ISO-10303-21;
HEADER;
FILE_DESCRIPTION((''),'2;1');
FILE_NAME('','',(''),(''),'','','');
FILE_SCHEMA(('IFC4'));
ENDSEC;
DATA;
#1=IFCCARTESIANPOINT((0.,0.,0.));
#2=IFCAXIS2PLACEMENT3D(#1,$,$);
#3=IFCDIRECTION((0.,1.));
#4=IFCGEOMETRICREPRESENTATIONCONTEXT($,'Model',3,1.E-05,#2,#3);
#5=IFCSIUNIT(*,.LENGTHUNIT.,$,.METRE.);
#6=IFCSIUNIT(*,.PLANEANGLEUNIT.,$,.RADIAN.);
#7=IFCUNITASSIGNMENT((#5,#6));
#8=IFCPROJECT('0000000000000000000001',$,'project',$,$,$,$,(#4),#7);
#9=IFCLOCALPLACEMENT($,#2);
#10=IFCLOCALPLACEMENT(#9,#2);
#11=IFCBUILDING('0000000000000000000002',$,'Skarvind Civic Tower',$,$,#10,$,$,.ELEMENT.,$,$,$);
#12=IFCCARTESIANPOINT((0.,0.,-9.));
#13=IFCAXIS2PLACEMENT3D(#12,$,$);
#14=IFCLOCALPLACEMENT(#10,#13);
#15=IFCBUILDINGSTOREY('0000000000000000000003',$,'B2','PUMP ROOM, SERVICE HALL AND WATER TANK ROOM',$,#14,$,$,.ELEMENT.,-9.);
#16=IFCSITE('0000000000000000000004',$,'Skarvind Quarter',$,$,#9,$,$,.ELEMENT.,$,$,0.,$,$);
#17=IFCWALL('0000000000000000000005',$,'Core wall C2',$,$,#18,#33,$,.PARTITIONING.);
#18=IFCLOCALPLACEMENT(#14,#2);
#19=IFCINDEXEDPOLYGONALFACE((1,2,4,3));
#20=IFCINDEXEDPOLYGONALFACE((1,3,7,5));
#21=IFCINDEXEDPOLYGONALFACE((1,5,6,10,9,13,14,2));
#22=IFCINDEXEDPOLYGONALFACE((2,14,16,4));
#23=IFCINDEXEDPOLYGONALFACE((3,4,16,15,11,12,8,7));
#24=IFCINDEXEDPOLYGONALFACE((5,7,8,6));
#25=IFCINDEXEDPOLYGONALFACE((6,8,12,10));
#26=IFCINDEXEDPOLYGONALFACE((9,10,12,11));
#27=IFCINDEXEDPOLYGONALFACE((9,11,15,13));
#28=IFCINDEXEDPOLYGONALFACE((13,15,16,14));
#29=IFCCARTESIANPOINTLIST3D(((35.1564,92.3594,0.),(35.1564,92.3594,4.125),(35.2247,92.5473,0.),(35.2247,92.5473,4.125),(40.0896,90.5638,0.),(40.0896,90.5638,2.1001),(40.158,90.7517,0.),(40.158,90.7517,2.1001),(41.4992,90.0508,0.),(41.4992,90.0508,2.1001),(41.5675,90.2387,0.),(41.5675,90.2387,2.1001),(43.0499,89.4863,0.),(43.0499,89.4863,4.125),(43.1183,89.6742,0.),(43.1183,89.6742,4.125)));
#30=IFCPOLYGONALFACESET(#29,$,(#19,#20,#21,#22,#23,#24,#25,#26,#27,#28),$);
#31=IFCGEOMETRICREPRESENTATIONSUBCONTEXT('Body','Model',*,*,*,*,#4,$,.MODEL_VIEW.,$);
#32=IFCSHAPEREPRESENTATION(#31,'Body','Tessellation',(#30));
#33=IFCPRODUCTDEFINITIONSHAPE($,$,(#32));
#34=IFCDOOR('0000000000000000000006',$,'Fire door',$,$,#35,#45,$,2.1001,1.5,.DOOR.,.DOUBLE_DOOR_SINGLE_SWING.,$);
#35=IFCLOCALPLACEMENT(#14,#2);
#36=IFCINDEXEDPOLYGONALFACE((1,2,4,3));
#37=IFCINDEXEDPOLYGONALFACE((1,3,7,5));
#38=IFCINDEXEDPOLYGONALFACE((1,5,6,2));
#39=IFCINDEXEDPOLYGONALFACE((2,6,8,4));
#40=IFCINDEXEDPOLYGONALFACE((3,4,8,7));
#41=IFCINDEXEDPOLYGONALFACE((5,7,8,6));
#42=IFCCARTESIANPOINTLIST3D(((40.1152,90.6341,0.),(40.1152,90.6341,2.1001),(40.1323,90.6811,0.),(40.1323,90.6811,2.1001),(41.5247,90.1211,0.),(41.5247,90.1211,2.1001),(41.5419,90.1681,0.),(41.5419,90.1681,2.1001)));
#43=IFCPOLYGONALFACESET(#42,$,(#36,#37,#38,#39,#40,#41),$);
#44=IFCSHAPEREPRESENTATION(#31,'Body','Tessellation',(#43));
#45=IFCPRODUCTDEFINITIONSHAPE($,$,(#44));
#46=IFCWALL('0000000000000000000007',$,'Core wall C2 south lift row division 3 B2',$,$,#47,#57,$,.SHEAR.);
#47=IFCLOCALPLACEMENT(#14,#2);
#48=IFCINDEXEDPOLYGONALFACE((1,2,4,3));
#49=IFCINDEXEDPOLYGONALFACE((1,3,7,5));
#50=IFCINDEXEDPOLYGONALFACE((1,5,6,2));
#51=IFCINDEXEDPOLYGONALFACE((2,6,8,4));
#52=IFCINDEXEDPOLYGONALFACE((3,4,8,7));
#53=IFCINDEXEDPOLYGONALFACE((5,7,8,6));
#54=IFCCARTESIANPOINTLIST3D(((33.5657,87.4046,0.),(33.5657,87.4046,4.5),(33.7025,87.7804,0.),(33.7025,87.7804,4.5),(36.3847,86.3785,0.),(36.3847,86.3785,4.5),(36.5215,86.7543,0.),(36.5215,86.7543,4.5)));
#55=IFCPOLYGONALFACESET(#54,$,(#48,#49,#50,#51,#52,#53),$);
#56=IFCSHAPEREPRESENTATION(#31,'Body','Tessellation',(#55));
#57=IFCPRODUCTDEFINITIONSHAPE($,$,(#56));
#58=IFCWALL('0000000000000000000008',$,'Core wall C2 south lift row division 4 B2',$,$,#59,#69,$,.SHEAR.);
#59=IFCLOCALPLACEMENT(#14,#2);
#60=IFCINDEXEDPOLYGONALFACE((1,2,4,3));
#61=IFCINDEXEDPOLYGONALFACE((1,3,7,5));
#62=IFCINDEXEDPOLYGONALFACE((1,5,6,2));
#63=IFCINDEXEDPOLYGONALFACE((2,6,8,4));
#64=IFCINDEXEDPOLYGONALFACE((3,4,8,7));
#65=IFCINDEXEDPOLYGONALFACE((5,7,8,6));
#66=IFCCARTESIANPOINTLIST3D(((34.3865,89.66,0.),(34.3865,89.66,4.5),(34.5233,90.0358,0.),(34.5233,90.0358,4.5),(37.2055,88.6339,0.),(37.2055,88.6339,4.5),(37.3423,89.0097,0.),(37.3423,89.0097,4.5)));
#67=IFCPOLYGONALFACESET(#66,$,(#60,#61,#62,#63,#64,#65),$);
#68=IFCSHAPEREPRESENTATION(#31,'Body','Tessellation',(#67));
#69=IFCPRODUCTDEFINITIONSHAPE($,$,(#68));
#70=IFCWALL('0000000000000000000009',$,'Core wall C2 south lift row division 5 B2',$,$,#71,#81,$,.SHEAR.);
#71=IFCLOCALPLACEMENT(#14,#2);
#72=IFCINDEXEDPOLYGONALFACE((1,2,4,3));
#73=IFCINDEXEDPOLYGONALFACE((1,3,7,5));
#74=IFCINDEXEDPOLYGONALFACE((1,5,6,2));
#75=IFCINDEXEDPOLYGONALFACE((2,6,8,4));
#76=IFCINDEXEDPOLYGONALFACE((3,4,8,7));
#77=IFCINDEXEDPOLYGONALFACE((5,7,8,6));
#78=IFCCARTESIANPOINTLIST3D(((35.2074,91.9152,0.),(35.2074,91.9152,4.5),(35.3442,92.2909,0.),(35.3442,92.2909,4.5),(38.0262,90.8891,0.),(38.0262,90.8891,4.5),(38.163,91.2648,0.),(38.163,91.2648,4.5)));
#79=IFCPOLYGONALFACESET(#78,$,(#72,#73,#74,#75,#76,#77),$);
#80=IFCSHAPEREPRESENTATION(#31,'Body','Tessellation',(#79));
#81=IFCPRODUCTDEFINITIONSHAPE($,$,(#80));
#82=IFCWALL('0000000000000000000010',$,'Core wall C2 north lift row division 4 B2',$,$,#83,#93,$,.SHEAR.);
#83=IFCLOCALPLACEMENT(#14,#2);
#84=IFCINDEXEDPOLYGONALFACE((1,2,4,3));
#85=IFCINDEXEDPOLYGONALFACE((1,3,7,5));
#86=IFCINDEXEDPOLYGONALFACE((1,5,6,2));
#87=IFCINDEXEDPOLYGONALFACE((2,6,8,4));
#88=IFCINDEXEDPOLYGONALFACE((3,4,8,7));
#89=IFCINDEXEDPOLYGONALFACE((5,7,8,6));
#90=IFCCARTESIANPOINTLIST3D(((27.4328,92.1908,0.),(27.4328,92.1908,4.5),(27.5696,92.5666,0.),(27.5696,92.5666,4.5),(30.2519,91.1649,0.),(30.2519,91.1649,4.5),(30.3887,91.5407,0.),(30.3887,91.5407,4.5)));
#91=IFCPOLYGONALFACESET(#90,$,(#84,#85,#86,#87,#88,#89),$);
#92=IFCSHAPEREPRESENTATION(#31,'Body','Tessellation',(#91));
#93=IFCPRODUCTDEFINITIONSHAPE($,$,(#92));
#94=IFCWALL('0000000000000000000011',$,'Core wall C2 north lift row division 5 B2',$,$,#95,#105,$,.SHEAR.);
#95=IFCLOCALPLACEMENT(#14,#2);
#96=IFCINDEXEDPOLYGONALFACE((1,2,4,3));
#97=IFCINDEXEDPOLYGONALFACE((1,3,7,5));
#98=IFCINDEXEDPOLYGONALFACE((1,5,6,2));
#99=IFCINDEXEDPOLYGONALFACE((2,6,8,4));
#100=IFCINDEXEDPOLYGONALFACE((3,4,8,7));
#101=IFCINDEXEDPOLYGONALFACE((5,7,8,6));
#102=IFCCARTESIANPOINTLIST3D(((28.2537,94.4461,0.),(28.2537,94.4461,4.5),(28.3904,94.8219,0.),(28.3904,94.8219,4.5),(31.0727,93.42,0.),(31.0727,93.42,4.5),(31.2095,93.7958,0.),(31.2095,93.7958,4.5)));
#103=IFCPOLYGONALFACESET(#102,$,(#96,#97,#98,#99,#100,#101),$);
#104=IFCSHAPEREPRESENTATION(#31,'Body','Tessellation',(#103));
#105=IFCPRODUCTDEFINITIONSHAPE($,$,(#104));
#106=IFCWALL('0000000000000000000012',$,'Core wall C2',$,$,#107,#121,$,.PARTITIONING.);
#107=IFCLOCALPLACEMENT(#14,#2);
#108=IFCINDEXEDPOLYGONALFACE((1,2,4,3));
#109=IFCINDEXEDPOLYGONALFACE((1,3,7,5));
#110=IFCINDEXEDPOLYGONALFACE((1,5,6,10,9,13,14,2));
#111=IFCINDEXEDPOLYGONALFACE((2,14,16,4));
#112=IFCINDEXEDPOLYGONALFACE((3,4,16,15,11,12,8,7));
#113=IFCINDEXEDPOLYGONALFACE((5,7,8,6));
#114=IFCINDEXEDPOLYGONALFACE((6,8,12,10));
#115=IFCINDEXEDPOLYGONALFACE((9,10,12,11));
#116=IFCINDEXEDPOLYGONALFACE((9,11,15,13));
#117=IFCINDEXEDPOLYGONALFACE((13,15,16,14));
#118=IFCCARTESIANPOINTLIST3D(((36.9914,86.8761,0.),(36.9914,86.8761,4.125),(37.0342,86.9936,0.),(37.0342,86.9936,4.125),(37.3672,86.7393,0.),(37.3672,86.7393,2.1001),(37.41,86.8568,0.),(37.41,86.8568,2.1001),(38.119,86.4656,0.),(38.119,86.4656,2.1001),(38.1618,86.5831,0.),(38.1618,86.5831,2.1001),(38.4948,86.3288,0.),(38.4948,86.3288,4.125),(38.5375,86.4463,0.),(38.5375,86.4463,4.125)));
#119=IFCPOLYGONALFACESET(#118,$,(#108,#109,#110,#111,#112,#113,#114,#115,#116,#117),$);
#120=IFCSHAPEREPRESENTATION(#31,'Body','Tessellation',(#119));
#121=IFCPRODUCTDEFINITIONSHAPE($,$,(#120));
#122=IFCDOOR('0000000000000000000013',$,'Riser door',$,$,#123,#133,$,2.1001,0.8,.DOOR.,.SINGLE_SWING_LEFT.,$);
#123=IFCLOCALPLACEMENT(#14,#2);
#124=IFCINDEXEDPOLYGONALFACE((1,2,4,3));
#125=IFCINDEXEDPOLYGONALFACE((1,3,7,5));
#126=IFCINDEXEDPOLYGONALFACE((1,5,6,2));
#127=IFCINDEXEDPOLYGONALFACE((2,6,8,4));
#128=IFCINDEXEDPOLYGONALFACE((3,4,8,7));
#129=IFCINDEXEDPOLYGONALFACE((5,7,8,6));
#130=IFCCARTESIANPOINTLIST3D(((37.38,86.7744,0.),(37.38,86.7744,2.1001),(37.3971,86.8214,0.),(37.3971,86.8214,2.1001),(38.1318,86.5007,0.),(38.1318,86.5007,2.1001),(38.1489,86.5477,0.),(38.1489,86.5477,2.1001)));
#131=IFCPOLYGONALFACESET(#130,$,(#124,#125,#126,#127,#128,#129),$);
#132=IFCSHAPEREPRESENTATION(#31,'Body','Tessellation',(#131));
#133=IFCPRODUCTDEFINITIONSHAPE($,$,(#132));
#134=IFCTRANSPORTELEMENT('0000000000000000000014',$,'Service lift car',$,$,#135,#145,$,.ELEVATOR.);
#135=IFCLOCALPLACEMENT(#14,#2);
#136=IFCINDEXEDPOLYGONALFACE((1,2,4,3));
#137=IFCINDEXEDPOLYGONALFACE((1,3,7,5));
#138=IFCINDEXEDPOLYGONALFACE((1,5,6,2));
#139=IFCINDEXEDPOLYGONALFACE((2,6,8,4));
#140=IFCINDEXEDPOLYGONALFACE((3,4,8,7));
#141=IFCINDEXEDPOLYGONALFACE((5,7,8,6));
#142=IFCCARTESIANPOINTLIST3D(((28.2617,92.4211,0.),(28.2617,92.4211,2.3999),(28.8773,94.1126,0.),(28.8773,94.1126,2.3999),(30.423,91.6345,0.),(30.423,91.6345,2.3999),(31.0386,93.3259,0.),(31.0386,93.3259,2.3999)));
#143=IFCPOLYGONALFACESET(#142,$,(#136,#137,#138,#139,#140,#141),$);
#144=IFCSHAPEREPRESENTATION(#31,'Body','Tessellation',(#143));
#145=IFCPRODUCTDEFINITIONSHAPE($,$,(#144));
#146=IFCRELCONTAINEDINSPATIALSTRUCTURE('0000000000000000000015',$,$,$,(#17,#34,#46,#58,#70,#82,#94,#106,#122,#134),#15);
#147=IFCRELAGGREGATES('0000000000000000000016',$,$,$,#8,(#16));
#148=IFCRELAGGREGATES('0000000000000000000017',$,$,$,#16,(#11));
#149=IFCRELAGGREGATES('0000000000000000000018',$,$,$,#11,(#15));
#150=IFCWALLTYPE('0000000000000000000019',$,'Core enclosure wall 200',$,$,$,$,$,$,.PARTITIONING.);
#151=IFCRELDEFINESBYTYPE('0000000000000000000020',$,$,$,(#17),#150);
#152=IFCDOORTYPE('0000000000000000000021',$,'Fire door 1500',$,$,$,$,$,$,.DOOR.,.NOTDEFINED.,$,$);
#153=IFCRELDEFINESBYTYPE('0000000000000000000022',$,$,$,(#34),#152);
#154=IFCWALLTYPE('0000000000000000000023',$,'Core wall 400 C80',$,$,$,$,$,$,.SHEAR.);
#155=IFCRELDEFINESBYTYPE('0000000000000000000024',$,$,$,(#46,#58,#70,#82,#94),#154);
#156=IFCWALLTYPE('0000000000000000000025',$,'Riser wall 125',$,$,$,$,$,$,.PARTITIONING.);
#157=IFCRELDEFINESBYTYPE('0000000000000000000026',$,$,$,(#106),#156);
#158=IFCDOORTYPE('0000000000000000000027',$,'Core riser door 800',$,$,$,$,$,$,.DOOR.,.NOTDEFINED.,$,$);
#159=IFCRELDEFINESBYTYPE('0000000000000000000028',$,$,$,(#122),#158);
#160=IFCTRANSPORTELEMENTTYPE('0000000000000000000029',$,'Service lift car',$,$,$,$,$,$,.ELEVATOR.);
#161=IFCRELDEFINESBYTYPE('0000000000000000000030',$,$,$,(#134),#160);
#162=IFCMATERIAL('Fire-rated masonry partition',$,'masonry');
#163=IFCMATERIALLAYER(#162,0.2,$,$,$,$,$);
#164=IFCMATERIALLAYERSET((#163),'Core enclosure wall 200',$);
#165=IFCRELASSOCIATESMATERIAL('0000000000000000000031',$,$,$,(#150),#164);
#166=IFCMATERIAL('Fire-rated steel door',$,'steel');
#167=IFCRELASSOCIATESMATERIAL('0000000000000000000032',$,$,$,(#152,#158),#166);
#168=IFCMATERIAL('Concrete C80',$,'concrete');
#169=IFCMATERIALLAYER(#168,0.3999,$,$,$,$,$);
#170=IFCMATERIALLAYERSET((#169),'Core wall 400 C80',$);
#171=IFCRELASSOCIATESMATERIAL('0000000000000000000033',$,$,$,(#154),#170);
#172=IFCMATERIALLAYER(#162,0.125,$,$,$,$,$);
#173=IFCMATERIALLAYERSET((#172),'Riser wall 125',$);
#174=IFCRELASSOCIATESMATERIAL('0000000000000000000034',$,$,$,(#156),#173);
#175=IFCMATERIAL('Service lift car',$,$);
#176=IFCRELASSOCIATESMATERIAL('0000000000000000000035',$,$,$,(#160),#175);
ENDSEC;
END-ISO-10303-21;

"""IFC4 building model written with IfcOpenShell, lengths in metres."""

from ifc_helpers import new_model, si_unit, direction, frame, frame_2d, origin, origin_2d, place, context, subcontext, project, spatial, rectangle, extrude, material, layer, layer_set, type_object, element, fill, save


model = new_model("IFC4")

# Units and contexts
model_context = context("Model", 3, precision=1e-05, world=origin(), true_north=direction((0.0, 1.0)))
body_context = subcontext(model_context, "Body", "Model", "MODEL_VIEW")
ifc_project = project(units=[si_unit("LENGTHUNIT", "METRE"), si_unit("PLANEANGLEUNIT", "RADIAN")], contexts=[model_context])

# Site, building, storey
site_placement = place(None, origin())
site = spatial("IfcSite", under=ifc_project, at=site_placement, Name="Skarvind Quarter", CompositionType="ELEMENT", RefElevation=0.0)
building_placement = place(site_placement, origin())
building = spatial("IfcBuilding", under=site, at=building_placement, Name="Skarvind Civic Tower", CompositionType="ELEMENT")
storey_placement = place(building_placement, frame((0.0, 0.0, -9.0)))
storey = spatial("IfcBuildingStorey", under=building, at=storey_placement, Name="B2", Description="PUMP ROOM, SERVICE HALL AND WATER TANK ROOM", CompositionType="ELEMENT", Elevation=-9.0)

# Wall, opening, door
ifc_material_1 = material(Name="Fire-rated masonry partition", Category="masonry")
ifc_layer_1 = layer(ifc_material_1, 0.2)
ifc_layer_set_1 = layer_set([ifc_layer_1], Name="Core enclosure wall 200")
wall_type_1 = type_object("IfcWallType", Name="Core enclosure wall 200", PredefinedType="PARTITIONING", material=ifc_layer_set_1)
ifc_material_2 = material(Name="Fire-rated steel door", Category="steel")
wall_1_placement = place(storey_placement, frame((35.1904, 92.4534, 0.0), z_axis=(0.0, 0.0, 1.0), x_axis=(0.939692, -0.342023, 0.0)))
wall_1 = element("IfcWall", 1, at=wall_1_placement, inside=storey, type_object=wall_type_1, Name="Core wall C2", PredefinedType="PARTITIONING", context=body_context, shape_type="SweptSolid", body=[
    extrude(rectangle(XDim=8.4001, YDim=0.2, at=frame_2d((4.2002, 0.0))), origin(), (0.0, 0.0, 1.0), 4.125),
])
opening_1_placement = place(wall_1_placement, frame((5.25, 0.0, 0.0)))
opening_1 = element("IfcOpeningElement", 2, at=opening_1_placement, cuts=wall_1, PredefinedType="OPENING", context=body_context, shape_type="SweptSolid", body=[
    extrude(rectangle(XDim=1.5, YDim=2.1001, at=frame_2d((0.75, 1.05))), frame((0.0, 0.1099, 0.0), z_axis=(0.0, -1.0, 0.0), x_axis=(1.0, 0.0, 0.0)), (0.0, 0.0, 1.0), 0.22),
])
door_type_1 = type_object("IfcDoorType", Name="Fire door 1500", OperationType="NOTDEFINED", PredefinedType="DOOR", material=ifc_material_2)
door_1_placement = place(opening_1_placement, origin())
door_1 = element("IfcDoor", 3, at=door_1_placement, inside=storey, type_object=door_type_1, Name="Fire door", OperationType="DOUBLE_DOOR_SINGLE_SWING", OverallHeight=2.1001, OverallWidth=1.5, PredefinedType="DOOR", context=body_context, shape_type="SweptSolid", body=[
    extrude(rectangle(XDim=1.5, YDim=2.1001, at=frame_2d((0.75, 1.05))), frame((0.0, 0.0249, 0.0), z_axis=(0.0, -1.0, 0.0), x_axis=(1.0, 0.0, 0.0)), (0.0, 0.0, 1.0), 0.05),
])
fill(opening_1, door_1)

# Walls
ifc_material_3 = material(Name="Concrete C80", Category="concrete")
ifc_layer_2 = layer(ifc_material_3, 0.3999)
ifc_layer_set_2 = layer_set([ifc_layer_2], Name="Core wall 400 C80")
wall_type_2 = type_object("IfcWallType", Name="Core wall 400 C80", PredefinedType="SHEAR", material=ifc_layer_set_2)
for number, where, z_axis, x_axis, name in (
    (4, (36.4531, 86.5664, 0.0), (0.0, 0.0, 1.0), (-0.939686, 0.342037, 0.0), "Core wall C2 south lift row division 3 B2"),
    (5, (37.2739, 88.8218, 0.0), (0.0, 0.0, 1.0), (-0.939686, 0.342037, 0.0), "Core wall C2 south lift row division 4 B2"),
):
    element("IfcWall", number, at=place(storey_placement, frame(where, z_axis=z_axis, x_axis=x_axis)), inside=storey, type_object=wall_type_2, Name=name, PredefinedType="SHEAR", context=body_context, shape_type="SweptSolid", body=[
        extrude(rectangle(XDim=3.0, YDim=0.3999, at=frame_2d((1.5, 0.0))), origin(), (0.0, 0.0, 1.0), 4.5),
    ])
wall_2_placement = place(storey_placement, frame((38.0947, 91.0769, 0.0), z_axis=(0.0, 0.0, 1.0), x_axis=(-0.939677, 0.342063, 0.0)))
element("IfcWall", 6, at=wall_2_placement, inside=storey, type_object=wall_type_2, Name="Core wall C2 south lift row division 5 B2", PredefinedType="SHEAR", context=body_context, shape_type="SweptSolid", body=[
    extrude(rectangle(XDim=2.9998, YDim=0.3999, at=frame_2d((1.5, 0.0))), origin(), (0.0, 0.0, 1.0), 4.5),
])
for number, where, z_axis, x_axis, name in (
    (7, (30.3203, 91.3528, 0.0), (0.0, 0.0, 1.0), (-0.939713, 0.341965, 0.0), "Core wall C2 north lift row division 4 B2"),
    (8, (31.1411, 93.6079, 0.0), (0.0, 0.0, 1.0), (-0.939686, 0.342037, 0.0), "Core wall C2 north lift row division 5 B2"),
):
    element("IfcWall", number, at=place(storey_placement, frame(where, z_axis=z_axis, x_axis=x_axis)), inside=storey, type_object=wall_type_2, Name=name, PredefinedType="SHEAR", context=body_context, shape_type="SweptSolid", body=[
        extrude(rectangle(XDim=3.0, YDim=0.3999, at=frame_2d((1.5, 0.0))), origin(), (0.0, 0.0, 1.0), 4.5),
    ])

# Wall, opening, door
ifc_layer_3 = layer(ifc_material_1, 0.125)
ifc_layer_set_3 = layer_set([ifc_layer_3], Name="Riser wall 125")
wall_type_3 = type_object("IfcWallType", Name="Riser wall 125", PredefinedType="PARTITIONING", material=ifc_layer_set_3)
wall_3_placement = place(storey_placement, frame((37.0129, 86.9348, 0.0), z_axis=(0.0, 0.0, 1.0), x_axis=(0.93966, -0.342111, 0.0)))
wall_3 = element("IfcWall", 9, at=wall_3_placement, inside=storey, type_object=wall_type_3, Name="Core wall C2", PredefinedType="PARTITIONING", context=body_context, shape_type="SweptSolid", body=[
    extrude(rectangle(XDim=1.5999, YDim=0.125, at=frame_2d((0.7998, 0.0))), origin(), (0.0, 0.0, 1.0), 4.125),
])
opening_2_placement = place(wall_3_placement, frame((0.3999, 0.0, 0.0)))
opening_2 = element("IfcOpeningElement", 10, at=opening_2_placement, cuts=wall_3, PredefinedType="OPENING", context=body_context, shape_type="SweptSolid", body=[
    extrude(rectangle(XDim=0.8, YDim=2.1001, at=frame_2d((0.3999, 1.05))), frame((0.0, 0.0725, 0.0), z_axis=(0.0, -1.0, 0.0), x_axis=(1.0, 0.0, 0.0)), (0.0, 0.0, 1.0), 0.145),
])
door_type_2 = type_object("IfcDoorType", Name="Core riser door 800", OperationType="NOTDEFINED", PredefinedType="DOOR", material=ifc_material_2)
door_2_placement = place(opening_2_placement, origin())
door_2 = element("IfcDoor", 11, at=door_2_placement, inside=storey, type_object=door_type_2, Name="Riser door", OperationType="SINGLE_SWING_LEFT", OverallHeight=2.1001, OverallWidth=0.8, PredefinedType="DOOR", context=body_context, shape_type="SweptSolid", body=[
    extrude(rectangle(XDim=0.8, YDim=2.1001, at=frame_2d((0.3999, 1.05))), frame((0.0, 0.0249, 0.0), z_axis=(0.0, -1.0, 0.0), x_axis=(1.0, 0.0, 0.0)), (0.0, 0.0, 1.0), 0.05),
])
fill(opening_2, door_2)

# Transport element
ifc_material_4 = material(Name="Service lift car")
transport_element_type = type_object("IfcTransportElementType", Name="Service lift car", PredefinedType="ELEVATOR", material=ifc_material_4)
transport_element_placement = place(storey_placement, frame((29.6501, 92.8735, 0.0), z_axis=(0.0, 0.0, 1.0), x_axis=(0.34202, 0.939693, 0.0)))
element("IfcTransportElement", 12, at=transport_element_placement, inside=storey, type_object=transport_element_type, Name="Service lift car", PredefinedType="ELEVATOR", context=body_context, shape_type="SweptSolid", body=[
    extrude(rectangle(XDim=1.8, YDim=2.3, at=origin_2d()), origin(), (0.0, 0.0, 1.0), 2.3999),
])

save(model, "model.ifc")
